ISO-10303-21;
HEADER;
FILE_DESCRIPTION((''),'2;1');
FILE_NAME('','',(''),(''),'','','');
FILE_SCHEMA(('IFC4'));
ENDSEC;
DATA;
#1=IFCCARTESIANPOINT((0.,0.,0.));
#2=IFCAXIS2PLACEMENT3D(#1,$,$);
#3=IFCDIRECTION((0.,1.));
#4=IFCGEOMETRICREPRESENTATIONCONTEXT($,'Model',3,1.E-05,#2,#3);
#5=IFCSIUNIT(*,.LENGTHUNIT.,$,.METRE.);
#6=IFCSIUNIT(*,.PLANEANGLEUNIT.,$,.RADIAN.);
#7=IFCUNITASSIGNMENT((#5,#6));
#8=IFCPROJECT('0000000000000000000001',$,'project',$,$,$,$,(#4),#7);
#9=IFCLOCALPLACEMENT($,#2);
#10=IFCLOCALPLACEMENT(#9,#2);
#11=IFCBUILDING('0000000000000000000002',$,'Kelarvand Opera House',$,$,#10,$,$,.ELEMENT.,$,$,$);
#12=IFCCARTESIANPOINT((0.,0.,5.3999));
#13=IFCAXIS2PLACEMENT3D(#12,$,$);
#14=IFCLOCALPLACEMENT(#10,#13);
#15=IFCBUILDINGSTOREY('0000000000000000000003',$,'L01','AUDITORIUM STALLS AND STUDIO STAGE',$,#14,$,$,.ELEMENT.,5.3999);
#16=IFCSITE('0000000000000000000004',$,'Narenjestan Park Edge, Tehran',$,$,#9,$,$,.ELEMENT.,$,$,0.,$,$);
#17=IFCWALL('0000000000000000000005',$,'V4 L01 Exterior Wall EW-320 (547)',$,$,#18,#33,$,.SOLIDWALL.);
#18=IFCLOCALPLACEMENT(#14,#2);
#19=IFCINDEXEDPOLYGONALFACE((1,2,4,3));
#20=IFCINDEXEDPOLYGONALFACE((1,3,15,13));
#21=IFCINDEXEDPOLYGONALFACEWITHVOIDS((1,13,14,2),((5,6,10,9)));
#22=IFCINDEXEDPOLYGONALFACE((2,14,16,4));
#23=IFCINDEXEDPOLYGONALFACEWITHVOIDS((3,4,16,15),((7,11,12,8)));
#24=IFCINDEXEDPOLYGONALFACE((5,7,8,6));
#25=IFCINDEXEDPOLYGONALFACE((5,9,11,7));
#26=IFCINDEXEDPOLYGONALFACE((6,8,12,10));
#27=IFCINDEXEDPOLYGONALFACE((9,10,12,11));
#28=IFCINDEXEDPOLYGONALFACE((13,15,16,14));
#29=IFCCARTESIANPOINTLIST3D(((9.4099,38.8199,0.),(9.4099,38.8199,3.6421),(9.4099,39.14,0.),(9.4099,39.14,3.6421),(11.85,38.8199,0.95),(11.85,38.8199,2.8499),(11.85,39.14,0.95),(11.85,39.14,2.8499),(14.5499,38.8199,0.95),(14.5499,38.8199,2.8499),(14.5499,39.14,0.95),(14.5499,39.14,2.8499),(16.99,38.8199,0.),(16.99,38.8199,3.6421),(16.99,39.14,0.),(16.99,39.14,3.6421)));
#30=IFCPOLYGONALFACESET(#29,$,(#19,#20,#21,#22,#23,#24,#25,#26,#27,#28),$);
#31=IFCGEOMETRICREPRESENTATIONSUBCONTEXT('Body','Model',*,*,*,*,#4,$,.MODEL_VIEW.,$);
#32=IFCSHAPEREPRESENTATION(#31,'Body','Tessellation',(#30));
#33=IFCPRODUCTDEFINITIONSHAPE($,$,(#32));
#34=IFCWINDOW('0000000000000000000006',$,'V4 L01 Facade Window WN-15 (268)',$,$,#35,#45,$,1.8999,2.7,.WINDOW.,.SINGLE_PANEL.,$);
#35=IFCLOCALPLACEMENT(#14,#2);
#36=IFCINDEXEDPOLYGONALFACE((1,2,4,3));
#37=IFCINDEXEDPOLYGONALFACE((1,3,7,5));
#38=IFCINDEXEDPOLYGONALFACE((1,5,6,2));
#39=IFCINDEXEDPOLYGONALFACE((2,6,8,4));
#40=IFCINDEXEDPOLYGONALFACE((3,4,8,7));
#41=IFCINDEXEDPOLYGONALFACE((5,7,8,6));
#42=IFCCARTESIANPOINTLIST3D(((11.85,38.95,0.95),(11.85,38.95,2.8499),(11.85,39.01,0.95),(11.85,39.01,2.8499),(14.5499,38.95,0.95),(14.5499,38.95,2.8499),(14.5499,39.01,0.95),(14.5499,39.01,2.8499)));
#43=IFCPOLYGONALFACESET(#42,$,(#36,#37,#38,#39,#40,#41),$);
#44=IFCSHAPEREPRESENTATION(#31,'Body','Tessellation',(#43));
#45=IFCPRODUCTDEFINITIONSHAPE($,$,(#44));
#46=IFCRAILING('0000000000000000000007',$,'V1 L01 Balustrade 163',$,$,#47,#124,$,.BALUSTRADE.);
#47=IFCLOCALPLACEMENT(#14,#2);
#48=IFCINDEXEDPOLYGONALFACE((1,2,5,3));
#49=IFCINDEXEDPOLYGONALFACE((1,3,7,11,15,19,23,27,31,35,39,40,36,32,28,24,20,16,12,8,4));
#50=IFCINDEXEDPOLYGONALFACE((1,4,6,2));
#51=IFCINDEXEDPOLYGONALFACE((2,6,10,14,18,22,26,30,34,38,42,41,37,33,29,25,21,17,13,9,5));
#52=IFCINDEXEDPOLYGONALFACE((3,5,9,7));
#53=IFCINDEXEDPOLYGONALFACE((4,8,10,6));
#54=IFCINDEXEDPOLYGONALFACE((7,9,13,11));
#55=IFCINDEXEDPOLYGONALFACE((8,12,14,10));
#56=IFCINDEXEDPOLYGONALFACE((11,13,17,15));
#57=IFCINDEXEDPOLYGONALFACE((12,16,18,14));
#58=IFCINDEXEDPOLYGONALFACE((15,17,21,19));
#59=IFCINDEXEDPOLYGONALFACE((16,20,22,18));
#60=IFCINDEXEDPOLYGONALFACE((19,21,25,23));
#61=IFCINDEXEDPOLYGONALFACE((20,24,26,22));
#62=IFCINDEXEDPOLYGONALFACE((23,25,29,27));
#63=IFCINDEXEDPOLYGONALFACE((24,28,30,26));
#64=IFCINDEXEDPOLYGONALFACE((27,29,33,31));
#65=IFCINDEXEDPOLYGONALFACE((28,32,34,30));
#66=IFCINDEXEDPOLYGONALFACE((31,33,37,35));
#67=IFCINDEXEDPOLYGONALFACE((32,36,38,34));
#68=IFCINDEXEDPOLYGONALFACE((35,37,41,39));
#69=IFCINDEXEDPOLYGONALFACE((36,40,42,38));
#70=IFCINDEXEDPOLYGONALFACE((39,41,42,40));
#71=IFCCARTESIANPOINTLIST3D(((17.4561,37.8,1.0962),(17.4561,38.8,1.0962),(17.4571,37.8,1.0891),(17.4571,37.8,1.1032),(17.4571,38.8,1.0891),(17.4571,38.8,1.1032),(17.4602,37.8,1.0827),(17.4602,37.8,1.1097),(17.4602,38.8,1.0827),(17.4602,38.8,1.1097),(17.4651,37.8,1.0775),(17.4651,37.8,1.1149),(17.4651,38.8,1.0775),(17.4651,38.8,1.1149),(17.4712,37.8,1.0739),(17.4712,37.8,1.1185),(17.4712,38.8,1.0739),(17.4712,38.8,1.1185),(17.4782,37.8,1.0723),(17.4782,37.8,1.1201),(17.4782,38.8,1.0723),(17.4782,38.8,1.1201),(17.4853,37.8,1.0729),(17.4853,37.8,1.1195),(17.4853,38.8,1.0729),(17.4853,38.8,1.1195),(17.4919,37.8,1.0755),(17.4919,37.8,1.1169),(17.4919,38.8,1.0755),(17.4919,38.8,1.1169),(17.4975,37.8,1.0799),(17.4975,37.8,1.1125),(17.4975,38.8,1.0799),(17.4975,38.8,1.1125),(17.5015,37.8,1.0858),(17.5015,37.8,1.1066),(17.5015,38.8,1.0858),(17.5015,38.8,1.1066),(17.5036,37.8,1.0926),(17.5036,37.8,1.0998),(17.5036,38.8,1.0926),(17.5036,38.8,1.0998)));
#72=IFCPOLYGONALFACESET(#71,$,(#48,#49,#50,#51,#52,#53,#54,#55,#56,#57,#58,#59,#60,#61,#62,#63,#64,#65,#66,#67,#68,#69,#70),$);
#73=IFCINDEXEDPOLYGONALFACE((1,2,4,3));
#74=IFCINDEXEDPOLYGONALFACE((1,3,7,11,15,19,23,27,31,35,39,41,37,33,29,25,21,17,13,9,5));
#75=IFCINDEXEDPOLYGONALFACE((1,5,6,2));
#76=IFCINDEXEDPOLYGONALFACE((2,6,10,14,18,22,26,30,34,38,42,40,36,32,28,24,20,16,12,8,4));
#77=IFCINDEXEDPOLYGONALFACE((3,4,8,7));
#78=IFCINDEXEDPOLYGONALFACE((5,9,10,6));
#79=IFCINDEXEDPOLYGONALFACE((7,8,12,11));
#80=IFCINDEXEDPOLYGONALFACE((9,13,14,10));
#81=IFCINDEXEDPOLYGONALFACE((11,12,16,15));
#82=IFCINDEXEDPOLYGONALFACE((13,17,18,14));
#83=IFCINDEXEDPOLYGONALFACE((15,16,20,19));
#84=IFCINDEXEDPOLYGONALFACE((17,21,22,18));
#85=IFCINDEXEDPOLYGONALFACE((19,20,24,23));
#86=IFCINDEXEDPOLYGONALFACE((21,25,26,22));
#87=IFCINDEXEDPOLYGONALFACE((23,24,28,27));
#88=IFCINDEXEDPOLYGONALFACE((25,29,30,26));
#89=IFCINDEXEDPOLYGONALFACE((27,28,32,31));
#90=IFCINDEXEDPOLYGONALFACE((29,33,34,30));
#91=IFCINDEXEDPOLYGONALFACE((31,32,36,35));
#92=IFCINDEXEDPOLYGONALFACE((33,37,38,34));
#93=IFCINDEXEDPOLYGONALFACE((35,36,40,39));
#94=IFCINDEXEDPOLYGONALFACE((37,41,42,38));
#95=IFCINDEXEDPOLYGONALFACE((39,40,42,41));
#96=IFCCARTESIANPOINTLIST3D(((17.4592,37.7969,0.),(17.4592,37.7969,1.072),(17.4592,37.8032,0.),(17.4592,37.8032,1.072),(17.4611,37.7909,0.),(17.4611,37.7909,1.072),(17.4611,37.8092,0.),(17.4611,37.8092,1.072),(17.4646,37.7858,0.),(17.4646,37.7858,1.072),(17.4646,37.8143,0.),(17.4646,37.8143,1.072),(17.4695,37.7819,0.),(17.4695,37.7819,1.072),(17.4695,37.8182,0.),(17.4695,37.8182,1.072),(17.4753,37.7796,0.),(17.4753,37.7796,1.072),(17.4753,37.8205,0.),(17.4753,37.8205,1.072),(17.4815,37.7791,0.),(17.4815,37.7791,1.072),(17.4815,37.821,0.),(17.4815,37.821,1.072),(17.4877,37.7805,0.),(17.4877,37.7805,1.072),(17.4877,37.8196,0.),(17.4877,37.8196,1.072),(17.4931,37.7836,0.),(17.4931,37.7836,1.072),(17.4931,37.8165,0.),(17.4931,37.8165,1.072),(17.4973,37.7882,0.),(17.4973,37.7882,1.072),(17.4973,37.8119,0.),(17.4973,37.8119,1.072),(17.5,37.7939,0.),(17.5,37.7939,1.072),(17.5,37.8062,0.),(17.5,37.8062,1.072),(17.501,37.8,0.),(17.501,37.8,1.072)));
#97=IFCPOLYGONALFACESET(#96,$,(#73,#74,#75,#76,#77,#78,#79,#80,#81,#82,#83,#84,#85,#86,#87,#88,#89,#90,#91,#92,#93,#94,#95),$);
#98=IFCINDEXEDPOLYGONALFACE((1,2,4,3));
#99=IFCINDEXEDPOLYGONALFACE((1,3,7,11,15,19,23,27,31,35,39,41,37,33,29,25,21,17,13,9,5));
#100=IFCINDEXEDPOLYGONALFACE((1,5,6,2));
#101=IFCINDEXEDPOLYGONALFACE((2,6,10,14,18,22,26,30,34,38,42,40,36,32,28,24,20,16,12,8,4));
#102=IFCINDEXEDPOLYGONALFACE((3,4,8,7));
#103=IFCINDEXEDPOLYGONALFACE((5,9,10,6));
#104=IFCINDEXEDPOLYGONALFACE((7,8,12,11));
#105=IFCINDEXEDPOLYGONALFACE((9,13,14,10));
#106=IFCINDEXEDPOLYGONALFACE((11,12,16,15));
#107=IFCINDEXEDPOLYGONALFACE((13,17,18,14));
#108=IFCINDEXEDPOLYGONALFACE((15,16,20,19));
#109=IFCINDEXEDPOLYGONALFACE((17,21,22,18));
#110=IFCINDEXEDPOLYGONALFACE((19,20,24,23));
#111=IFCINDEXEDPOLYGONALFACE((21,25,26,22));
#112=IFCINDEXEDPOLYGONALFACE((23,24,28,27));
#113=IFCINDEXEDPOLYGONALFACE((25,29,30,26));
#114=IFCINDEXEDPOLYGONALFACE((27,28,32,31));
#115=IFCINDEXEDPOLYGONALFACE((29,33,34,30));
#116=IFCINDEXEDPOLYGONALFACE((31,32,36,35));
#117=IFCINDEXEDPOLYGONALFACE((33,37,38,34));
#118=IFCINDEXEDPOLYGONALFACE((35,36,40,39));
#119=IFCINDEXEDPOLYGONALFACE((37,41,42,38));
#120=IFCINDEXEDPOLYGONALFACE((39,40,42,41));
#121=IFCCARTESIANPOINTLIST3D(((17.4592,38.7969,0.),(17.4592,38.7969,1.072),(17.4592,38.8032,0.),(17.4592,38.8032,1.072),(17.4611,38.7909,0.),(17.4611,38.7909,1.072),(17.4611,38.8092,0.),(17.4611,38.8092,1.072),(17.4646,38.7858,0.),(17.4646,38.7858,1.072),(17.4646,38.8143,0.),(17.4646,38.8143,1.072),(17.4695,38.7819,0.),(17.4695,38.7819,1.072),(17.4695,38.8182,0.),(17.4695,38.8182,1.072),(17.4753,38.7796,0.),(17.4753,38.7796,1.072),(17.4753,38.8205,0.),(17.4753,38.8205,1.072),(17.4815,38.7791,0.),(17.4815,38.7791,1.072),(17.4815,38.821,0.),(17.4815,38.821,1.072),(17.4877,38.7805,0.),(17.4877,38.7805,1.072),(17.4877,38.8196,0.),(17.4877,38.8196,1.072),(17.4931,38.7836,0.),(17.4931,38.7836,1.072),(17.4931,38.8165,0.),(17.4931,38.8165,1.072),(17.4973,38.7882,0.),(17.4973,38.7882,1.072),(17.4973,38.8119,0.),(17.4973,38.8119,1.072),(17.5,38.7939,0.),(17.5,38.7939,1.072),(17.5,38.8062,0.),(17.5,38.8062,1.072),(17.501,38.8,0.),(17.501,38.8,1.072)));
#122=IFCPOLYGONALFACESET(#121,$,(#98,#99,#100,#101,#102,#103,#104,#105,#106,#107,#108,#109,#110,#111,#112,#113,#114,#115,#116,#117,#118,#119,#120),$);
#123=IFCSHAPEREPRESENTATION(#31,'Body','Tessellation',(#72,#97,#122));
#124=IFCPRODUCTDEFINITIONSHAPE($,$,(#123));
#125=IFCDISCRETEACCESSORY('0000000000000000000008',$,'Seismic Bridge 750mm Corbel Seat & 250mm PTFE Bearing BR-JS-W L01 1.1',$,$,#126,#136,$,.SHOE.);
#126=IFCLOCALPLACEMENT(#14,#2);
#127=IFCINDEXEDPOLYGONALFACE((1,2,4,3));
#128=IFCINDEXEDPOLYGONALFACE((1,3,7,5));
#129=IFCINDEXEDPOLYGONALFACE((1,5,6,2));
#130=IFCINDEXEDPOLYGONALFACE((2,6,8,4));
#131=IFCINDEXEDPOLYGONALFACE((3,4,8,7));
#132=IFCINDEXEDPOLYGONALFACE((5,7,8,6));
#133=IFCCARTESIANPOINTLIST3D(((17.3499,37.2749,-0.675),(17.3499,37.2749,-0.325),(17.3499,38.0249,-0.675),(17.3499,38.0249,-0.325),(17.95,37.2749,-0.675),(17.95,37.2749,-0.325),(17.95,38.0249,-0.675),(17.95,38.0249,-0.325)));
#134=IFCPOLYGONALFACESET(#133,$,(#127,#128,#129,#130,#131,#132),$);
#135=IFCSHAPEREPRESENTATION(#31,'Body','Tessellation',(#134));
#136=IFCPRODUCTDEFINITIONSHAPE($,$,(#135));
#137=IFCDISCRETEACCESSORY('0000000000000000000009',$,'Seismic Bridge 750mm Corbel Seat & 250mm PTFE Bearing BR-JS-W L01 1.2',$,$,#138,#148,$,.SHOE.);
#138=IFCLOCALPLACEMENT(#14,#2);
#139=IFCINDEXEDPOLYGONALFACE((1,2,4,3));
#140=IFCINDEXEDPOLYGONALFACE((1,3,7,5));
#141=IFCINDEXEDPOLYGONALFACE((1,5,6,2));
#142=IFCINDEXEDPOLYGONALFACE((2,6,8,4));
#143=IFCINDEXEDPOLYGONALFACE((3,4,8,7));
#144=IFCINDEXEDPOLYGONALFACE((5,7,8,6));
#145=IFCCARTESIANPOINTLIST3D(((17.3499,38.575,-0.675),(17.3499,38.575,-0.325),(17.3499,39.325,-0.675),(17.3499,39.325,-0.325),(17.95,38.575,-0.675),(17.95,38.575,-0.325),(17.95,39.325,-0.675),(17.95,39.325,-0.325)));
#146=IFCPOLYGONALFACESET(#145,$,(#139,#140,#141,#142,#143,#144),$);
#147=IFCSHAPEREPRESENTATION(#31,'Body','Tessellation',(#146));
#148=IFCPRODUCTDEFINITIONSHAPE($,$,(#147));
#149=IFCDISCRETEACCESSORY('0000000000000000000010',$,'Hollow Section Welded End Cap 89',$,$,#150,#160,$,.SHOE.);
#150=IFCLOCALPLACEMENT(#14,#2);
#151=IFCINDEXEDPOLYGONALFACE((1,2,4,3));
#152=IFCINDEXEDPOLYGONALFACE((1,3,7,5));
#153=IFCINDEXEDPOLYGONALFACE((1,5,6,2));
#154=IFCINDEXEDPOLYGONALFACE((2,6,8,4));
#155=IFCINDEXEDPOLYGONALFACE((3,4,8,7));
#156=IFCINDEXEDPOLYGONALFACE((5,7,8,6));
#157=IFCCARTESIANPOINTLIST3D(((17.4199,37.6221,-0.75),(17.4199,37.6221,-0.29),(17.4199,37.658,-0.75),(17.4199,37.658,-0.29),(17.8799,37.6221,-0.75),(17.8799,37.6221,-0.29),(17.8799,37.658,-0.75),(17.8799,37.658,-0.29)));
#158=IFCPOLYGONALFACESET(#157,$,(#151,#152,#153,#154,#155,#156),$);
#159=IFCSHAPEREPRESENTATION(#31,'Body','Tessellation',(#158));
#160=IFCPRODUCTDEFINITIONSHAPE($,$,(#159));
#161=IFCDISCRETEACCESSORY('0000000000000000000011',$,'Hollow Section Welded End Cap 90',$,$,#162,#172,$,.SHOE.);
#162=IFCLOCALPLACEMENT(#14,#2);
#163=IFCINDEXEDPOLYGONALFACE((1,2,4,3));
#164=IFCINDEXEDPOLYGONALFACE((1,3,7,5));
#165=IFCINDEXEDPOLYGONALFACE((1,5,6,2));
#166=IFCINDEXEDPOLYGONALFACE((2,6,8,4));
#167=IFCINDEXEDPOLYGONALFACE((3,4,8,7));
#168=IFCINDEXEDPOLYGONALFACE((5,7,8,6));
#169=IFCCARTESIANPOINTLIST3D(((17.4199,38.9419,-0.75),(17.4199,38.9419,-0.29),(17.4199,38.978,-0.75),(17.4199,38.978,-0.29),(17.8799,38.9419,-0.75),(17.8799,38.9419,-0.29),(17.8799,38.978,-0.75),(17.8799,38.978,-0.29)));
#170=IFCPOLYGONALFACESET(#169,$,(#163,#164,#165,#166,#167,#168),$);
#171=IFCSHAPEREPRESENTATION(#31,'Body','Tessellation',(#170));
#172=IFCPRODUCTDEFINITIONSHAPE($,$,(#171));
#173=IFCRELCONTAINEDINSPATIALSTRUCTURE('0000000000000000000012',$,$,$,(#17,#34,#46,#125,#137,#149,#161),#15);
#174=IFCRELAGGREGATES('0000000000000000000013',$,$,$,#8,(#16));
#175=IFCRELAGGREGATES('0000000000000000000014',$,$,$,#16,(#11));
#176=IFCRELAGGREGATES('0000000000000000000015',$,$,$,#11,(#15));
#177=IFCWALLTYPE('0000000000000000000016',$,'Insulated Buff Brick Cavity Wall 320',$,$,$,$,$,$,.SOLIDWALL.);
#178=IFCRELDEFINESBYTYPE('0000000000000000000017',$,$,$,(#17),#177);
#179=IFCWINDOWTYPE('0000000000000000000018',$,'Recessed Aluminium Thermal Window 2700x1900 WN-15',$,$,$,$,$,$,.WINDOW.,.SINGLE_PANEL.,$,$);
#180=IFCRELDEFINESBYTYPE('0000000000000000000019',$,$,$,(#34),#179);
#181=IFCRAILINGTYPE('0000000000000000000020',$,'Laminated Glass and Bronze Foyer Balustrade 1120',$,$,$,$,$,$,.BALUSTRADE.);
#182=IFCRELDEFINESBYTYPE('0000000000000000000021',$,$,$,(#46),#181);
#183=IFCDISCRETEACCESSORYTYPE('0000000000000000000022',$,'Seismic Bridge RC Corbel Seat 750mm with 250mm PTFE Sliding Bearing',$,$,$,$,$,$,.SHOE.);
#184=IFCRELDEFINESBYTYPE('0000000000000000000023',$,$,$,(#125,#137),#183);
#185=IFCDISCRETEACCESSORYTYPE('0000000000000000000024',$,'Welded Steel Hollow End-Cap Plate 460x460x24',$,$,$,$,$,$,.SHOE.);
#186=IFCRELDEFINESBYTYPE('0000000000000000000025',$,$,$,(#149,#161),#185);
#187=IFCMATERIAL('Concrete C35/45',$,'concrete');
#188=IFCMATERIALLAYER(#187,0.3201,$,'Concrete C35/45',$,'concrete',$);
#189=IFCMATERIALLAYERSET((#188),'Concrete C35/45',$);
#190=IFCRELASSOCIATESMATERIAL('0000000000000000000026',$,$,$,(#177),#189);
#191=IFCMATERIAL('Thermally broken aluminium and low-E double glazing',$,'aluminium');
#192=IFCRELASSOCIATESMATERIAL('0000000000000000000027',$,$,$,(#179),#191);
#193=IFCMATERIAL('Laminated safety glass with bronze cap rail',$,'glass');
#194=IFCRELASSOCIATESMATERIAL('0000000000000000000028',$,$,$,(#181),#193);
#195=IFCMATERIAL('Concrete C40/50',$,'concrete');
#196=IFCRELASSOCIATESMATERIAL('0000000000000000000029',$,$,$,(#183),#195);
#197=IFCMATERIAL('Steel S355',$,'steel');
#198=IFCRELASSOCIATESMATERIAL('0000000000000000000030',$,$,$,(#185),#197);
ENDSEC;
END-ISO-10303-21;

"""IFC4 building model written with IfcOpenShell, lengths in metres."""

from ifc_helpers import new_model, si_unit, direction, frame, frame_2d, origin, origin_2d, place, context, subcontext, project, spatial, rectangle, circle, extrude, material, layer, layer_set, material_profile, profile_set, type_object, element, fill, save


model = new_model("IFC4")

# Units and contexts
model_context = context("Model", 3, precision=1e-05, world=origin(), true_north=direction((0.0, 1.0)))
body_context = subcontext(model_context, "Body", "Model", "MODEL_VIEW")
ifc_project = project(units=[si_unit("LENGTHUNIT", "METRE"), si_unit("PLANEANGLEUNIT", "RADIAN")], contexts=[model_context])

# Site, building, storey
site_placement = place(None, origin())
site = spatial("IfcSite", under=ifc_project, at=site_placement, Name="Narenjestan Park Edge, Tehran", CompositionType="ELEMENT", RefElevation=0.0)
building_placement = place(site_placement, origin())
building = spatial("IfcBuilding", under=site, at=building_placement, Name="Kelarvand Opera House", CompositionType="ELEMENT")
storey_placement = place(building_placement, frame((0.0, 0.0, 5.3999)))
storey = spatial("IfcBuildingStorey", under=building, at=storey_placement, Name="L01", Description="AUDITORIUM STALLS AND STUDIO STAGE", CompositionType="ELEMENT", Elevation=5.3999)

# Shared definitions
ifc_material_1 = material(Name="Concrete C40/50", Category="concrete")

# Shared definitions
ifc_material_2 = material(Name="Steel S355", Category="steel")

# Shared definitions
ifc_material_3 = material(Name="Concrete C35/45", Category="concrete")
ifc_layer_1 = layer(ifc_material_3, 0.3201, Name="Concrete C35/45", Category="concrete")
ifc_layer_set_1 = layer_set([ifc_layer_1], Name="Concrete C35/45")
wall_type = type_object("IfcWallType", Name="Insulated Buff Brick Cavity Wall 320", PredefinedType="SOLIDWALL", material=ifc_layer_set_1)
ifc_material_4 = material(Name="Thermally broken aluminium and low-E double glazing", Category="aluminium")

# Wall, opening, window
wall_1_placement = place(storey_placement, frame((16.99, 38.98, 0.0), z_axis=(0.0, 0.0, 1.0), x_axis=(-1.0, 0.0, 0.0)))
wall_1 = element("IfcWall", 1, at=wall_1_placement, inside=storey, type_object=wall_type, Name="V4 L01 Exterior Wall EW-320 (547)", PredefinedType="SOLIDWALL", context=body_context, shape_type="SweptSolid", body=[
    extrude(rectangle(XDim=7.5801, YDim=0.3201, at=frame_2d((3.79, 0.0))), origin(), (0.0, 0.0, 1.0), 3.6421),
])
opening_1_placement = place(wall_1_placement, frame((2.4399, 0.0, 0.95)))
opening_1 = element("IfcOpeningElement", 2, at=opening_1_placement, cuts=wall_1, PredefinedType="OPENING", context=body_context, shape_type="SweptSolid", body=[
    extrude(rectangle(XDim=2.7, YDim=1.8999, at=frame_2d((1.3501, 0.95))), frame((0.0, 0.1699, 0.0), z_axis=(0.0, -1.0, 0.0), x_axis=(1.0, 0.0, 0.0)), (0.0, 0.0, 1.0), 0.3401),
])
window_type_1 = type_object("IfcWindowType", Name="Recessed Aluminium Thermal Window 2700x1900 WN-15", PartitioningType="SINGLE_PANEL", PredefinedType="WINDOW", material=ifc_material_4)
window_1_placement = place(opening_1_placement, origin())
window_1 = element("IfcWindow", 3, at=window_1_placement, inside=storey, type_object=window_type_1, Name="V4 L01 Facade Window WN-15 (268)", OverallHeight=1.8999, OverallWidth=2.7, PartitioningType="SINGLE_PANEL", PredefinedType="WINDOW", context=body_context, shape_type="SweptSolid", body=[
    extrude(rectangle(XDim=2.7, YDim=1.8999, at=frame_2d((1.3501, 0.95))), frame((0.0, 0.03, 0.0), z_axis=(0.0, -1.0, 0.0), x_axis=(1.0, 0.0, 0.0)), (0.0, 0.0, 1.0), 0.0601),
])
fill(opening_1, window_1)

# Railing
ifc_material_5 = material(Name="Laminated safety glass with bronze cap rail", Category="glass")
railing_type = type_object("IfcRailingType", Name="Laminated Glass and Bronze Foyer Balustrade 1120", PredefinedType="BALUSTRADE", material=ifc_material_5)
railing_placement = place(storey_placement, frame((17.48, 37.8, 0.0)))
element("IfcRailing", 4, at=railing_placement, inside=storey, type_object=railing_type, Name="V1 L01 Balustrade 163", PredefinedType="BALUSTRADE", context=body_context, shape_type="SweptSolid", body=[
    extrude(circle(Radius=0.0239, at=origin_2d()), frame((0.0, 0.0, 1.0962), z_axis=(0.0, 1.0, 0.0), x_axis=(-1.0, 0.0, 0.0)), (0.0, 0.0, 1.0), 1.0),
    extrude(circle(Radius=0.021, at=origin_2d()), origin(), (0.0, 0.0, 1.0), 1.072),
    extrude(circle(Radius=0.021, at=origin_2d()), frame((0.0, 1.0, 0.0)), (0.0, 0.0, 1.0), 1.072),
])

# Discrete accessories
discrete_accessory_type_1 = type_object("IfcDiscreteAccessoryType", Name="Seismic Bridge RC Corbel Seat 750mm with 250mm PTFE Sliding Bearing", PredefinedType="SHOE", material=ifc_material_1)
for number, where, z_axis, x_axis, name in (
    (5, (17.6499, 37.6499, -0.675), (0.0, 0.0, 1.0), (0.0, 1.0, 0.0), "Seismic Bridge 750mm Corbel Seat & 250mm PTFE Bearing BR-JS-W L01 1.1"),
    (6, (17.6499, 38.95, -0.675), (0.0, 0.0, 1.0), (0.0, 1.0, 0.0), "Seismic Bridge 750mm Corbel Seat & 250mm PTFE Bearing BR-JS-W L01 1.2"),
):
    element("IfcDiscreteAccessory", number, at=place(storey_placement, frame(where, z_axis=z_axis, x_axis=x_axis)), inside=storey, type_object=discrete_accessory_type_1, Name=name, PredefinedType="SHOE", context=body_context, shape_type="SweptSolid", body=[
        extrude(rectangle(XDim=0.75, YDim=0.6001, at=origin_2d()), origin(), (0.0, 0.0, 1.0), 0.3501),
    ])
ifc_material_profile_1 = material_profile(ifc_material_2, rectangle(XDim=0.46, YDim=0.46, at=origin_2d()), Name="Welded Steel Hollow End-Cap Plate 460x460x24", Category="steel")
ifc_profile_set_1 = profile_set([ifc_material_profile_1], Name="Steel S355")
discrete_accessory_type_2 = type_object("IfcDiscreteAccessoryType", Name="Welded Steel Hollow End-Cap Plate 460x460x24", PredefinedType="SHOE", material=ifc_profile_set_1)
discrete_accessory_1_placement = place(storey_placement, frame((17.6499, 37.658, -0.52), z_axis=(0.0, -1.0, 0.0), x_axis=(1.0, 0.0, 0.0)))
element("IfcDiscreteAccessory", 7, at=discrete_accessory_1_placement, inside=storey, type_object=discrete_accessory_type_2, Name="Hollow Section Welded End Cap 89", PredefinedType="SHOE", context=body_context, shape_type="SweptSolid", body=[
    extrude(rectangle(XDim=0.46, YDim=0.46, at=origin_2d()), origin(), (0.0, 0.0, 1.0), 0.0359),
])
discrete_accessory_2_placement = place(storey_placement, frame((17.6499, 38.9419, -0.52), z_axis=(0.0, 1.0, 0.0), x_axis=(-1.0, 0.0, 0.0)))
element("IfcDiscreteAccessory", 8, at=discrete_accessory_2_placement, inside=storey, type_object=discrete_accessory_type_2, Name="Hollow Section Welded End Cap 90", PredefinedType="SHOE", context=body_context, shape_type="SweptSolid", body=[
    extrude(rectangle(XDim=0.46, YDim=0.46, at=origin_2d()), origin(), (0.0, 0.0, 1.0), 0.0361),
])

save(model, "model.ifc")
